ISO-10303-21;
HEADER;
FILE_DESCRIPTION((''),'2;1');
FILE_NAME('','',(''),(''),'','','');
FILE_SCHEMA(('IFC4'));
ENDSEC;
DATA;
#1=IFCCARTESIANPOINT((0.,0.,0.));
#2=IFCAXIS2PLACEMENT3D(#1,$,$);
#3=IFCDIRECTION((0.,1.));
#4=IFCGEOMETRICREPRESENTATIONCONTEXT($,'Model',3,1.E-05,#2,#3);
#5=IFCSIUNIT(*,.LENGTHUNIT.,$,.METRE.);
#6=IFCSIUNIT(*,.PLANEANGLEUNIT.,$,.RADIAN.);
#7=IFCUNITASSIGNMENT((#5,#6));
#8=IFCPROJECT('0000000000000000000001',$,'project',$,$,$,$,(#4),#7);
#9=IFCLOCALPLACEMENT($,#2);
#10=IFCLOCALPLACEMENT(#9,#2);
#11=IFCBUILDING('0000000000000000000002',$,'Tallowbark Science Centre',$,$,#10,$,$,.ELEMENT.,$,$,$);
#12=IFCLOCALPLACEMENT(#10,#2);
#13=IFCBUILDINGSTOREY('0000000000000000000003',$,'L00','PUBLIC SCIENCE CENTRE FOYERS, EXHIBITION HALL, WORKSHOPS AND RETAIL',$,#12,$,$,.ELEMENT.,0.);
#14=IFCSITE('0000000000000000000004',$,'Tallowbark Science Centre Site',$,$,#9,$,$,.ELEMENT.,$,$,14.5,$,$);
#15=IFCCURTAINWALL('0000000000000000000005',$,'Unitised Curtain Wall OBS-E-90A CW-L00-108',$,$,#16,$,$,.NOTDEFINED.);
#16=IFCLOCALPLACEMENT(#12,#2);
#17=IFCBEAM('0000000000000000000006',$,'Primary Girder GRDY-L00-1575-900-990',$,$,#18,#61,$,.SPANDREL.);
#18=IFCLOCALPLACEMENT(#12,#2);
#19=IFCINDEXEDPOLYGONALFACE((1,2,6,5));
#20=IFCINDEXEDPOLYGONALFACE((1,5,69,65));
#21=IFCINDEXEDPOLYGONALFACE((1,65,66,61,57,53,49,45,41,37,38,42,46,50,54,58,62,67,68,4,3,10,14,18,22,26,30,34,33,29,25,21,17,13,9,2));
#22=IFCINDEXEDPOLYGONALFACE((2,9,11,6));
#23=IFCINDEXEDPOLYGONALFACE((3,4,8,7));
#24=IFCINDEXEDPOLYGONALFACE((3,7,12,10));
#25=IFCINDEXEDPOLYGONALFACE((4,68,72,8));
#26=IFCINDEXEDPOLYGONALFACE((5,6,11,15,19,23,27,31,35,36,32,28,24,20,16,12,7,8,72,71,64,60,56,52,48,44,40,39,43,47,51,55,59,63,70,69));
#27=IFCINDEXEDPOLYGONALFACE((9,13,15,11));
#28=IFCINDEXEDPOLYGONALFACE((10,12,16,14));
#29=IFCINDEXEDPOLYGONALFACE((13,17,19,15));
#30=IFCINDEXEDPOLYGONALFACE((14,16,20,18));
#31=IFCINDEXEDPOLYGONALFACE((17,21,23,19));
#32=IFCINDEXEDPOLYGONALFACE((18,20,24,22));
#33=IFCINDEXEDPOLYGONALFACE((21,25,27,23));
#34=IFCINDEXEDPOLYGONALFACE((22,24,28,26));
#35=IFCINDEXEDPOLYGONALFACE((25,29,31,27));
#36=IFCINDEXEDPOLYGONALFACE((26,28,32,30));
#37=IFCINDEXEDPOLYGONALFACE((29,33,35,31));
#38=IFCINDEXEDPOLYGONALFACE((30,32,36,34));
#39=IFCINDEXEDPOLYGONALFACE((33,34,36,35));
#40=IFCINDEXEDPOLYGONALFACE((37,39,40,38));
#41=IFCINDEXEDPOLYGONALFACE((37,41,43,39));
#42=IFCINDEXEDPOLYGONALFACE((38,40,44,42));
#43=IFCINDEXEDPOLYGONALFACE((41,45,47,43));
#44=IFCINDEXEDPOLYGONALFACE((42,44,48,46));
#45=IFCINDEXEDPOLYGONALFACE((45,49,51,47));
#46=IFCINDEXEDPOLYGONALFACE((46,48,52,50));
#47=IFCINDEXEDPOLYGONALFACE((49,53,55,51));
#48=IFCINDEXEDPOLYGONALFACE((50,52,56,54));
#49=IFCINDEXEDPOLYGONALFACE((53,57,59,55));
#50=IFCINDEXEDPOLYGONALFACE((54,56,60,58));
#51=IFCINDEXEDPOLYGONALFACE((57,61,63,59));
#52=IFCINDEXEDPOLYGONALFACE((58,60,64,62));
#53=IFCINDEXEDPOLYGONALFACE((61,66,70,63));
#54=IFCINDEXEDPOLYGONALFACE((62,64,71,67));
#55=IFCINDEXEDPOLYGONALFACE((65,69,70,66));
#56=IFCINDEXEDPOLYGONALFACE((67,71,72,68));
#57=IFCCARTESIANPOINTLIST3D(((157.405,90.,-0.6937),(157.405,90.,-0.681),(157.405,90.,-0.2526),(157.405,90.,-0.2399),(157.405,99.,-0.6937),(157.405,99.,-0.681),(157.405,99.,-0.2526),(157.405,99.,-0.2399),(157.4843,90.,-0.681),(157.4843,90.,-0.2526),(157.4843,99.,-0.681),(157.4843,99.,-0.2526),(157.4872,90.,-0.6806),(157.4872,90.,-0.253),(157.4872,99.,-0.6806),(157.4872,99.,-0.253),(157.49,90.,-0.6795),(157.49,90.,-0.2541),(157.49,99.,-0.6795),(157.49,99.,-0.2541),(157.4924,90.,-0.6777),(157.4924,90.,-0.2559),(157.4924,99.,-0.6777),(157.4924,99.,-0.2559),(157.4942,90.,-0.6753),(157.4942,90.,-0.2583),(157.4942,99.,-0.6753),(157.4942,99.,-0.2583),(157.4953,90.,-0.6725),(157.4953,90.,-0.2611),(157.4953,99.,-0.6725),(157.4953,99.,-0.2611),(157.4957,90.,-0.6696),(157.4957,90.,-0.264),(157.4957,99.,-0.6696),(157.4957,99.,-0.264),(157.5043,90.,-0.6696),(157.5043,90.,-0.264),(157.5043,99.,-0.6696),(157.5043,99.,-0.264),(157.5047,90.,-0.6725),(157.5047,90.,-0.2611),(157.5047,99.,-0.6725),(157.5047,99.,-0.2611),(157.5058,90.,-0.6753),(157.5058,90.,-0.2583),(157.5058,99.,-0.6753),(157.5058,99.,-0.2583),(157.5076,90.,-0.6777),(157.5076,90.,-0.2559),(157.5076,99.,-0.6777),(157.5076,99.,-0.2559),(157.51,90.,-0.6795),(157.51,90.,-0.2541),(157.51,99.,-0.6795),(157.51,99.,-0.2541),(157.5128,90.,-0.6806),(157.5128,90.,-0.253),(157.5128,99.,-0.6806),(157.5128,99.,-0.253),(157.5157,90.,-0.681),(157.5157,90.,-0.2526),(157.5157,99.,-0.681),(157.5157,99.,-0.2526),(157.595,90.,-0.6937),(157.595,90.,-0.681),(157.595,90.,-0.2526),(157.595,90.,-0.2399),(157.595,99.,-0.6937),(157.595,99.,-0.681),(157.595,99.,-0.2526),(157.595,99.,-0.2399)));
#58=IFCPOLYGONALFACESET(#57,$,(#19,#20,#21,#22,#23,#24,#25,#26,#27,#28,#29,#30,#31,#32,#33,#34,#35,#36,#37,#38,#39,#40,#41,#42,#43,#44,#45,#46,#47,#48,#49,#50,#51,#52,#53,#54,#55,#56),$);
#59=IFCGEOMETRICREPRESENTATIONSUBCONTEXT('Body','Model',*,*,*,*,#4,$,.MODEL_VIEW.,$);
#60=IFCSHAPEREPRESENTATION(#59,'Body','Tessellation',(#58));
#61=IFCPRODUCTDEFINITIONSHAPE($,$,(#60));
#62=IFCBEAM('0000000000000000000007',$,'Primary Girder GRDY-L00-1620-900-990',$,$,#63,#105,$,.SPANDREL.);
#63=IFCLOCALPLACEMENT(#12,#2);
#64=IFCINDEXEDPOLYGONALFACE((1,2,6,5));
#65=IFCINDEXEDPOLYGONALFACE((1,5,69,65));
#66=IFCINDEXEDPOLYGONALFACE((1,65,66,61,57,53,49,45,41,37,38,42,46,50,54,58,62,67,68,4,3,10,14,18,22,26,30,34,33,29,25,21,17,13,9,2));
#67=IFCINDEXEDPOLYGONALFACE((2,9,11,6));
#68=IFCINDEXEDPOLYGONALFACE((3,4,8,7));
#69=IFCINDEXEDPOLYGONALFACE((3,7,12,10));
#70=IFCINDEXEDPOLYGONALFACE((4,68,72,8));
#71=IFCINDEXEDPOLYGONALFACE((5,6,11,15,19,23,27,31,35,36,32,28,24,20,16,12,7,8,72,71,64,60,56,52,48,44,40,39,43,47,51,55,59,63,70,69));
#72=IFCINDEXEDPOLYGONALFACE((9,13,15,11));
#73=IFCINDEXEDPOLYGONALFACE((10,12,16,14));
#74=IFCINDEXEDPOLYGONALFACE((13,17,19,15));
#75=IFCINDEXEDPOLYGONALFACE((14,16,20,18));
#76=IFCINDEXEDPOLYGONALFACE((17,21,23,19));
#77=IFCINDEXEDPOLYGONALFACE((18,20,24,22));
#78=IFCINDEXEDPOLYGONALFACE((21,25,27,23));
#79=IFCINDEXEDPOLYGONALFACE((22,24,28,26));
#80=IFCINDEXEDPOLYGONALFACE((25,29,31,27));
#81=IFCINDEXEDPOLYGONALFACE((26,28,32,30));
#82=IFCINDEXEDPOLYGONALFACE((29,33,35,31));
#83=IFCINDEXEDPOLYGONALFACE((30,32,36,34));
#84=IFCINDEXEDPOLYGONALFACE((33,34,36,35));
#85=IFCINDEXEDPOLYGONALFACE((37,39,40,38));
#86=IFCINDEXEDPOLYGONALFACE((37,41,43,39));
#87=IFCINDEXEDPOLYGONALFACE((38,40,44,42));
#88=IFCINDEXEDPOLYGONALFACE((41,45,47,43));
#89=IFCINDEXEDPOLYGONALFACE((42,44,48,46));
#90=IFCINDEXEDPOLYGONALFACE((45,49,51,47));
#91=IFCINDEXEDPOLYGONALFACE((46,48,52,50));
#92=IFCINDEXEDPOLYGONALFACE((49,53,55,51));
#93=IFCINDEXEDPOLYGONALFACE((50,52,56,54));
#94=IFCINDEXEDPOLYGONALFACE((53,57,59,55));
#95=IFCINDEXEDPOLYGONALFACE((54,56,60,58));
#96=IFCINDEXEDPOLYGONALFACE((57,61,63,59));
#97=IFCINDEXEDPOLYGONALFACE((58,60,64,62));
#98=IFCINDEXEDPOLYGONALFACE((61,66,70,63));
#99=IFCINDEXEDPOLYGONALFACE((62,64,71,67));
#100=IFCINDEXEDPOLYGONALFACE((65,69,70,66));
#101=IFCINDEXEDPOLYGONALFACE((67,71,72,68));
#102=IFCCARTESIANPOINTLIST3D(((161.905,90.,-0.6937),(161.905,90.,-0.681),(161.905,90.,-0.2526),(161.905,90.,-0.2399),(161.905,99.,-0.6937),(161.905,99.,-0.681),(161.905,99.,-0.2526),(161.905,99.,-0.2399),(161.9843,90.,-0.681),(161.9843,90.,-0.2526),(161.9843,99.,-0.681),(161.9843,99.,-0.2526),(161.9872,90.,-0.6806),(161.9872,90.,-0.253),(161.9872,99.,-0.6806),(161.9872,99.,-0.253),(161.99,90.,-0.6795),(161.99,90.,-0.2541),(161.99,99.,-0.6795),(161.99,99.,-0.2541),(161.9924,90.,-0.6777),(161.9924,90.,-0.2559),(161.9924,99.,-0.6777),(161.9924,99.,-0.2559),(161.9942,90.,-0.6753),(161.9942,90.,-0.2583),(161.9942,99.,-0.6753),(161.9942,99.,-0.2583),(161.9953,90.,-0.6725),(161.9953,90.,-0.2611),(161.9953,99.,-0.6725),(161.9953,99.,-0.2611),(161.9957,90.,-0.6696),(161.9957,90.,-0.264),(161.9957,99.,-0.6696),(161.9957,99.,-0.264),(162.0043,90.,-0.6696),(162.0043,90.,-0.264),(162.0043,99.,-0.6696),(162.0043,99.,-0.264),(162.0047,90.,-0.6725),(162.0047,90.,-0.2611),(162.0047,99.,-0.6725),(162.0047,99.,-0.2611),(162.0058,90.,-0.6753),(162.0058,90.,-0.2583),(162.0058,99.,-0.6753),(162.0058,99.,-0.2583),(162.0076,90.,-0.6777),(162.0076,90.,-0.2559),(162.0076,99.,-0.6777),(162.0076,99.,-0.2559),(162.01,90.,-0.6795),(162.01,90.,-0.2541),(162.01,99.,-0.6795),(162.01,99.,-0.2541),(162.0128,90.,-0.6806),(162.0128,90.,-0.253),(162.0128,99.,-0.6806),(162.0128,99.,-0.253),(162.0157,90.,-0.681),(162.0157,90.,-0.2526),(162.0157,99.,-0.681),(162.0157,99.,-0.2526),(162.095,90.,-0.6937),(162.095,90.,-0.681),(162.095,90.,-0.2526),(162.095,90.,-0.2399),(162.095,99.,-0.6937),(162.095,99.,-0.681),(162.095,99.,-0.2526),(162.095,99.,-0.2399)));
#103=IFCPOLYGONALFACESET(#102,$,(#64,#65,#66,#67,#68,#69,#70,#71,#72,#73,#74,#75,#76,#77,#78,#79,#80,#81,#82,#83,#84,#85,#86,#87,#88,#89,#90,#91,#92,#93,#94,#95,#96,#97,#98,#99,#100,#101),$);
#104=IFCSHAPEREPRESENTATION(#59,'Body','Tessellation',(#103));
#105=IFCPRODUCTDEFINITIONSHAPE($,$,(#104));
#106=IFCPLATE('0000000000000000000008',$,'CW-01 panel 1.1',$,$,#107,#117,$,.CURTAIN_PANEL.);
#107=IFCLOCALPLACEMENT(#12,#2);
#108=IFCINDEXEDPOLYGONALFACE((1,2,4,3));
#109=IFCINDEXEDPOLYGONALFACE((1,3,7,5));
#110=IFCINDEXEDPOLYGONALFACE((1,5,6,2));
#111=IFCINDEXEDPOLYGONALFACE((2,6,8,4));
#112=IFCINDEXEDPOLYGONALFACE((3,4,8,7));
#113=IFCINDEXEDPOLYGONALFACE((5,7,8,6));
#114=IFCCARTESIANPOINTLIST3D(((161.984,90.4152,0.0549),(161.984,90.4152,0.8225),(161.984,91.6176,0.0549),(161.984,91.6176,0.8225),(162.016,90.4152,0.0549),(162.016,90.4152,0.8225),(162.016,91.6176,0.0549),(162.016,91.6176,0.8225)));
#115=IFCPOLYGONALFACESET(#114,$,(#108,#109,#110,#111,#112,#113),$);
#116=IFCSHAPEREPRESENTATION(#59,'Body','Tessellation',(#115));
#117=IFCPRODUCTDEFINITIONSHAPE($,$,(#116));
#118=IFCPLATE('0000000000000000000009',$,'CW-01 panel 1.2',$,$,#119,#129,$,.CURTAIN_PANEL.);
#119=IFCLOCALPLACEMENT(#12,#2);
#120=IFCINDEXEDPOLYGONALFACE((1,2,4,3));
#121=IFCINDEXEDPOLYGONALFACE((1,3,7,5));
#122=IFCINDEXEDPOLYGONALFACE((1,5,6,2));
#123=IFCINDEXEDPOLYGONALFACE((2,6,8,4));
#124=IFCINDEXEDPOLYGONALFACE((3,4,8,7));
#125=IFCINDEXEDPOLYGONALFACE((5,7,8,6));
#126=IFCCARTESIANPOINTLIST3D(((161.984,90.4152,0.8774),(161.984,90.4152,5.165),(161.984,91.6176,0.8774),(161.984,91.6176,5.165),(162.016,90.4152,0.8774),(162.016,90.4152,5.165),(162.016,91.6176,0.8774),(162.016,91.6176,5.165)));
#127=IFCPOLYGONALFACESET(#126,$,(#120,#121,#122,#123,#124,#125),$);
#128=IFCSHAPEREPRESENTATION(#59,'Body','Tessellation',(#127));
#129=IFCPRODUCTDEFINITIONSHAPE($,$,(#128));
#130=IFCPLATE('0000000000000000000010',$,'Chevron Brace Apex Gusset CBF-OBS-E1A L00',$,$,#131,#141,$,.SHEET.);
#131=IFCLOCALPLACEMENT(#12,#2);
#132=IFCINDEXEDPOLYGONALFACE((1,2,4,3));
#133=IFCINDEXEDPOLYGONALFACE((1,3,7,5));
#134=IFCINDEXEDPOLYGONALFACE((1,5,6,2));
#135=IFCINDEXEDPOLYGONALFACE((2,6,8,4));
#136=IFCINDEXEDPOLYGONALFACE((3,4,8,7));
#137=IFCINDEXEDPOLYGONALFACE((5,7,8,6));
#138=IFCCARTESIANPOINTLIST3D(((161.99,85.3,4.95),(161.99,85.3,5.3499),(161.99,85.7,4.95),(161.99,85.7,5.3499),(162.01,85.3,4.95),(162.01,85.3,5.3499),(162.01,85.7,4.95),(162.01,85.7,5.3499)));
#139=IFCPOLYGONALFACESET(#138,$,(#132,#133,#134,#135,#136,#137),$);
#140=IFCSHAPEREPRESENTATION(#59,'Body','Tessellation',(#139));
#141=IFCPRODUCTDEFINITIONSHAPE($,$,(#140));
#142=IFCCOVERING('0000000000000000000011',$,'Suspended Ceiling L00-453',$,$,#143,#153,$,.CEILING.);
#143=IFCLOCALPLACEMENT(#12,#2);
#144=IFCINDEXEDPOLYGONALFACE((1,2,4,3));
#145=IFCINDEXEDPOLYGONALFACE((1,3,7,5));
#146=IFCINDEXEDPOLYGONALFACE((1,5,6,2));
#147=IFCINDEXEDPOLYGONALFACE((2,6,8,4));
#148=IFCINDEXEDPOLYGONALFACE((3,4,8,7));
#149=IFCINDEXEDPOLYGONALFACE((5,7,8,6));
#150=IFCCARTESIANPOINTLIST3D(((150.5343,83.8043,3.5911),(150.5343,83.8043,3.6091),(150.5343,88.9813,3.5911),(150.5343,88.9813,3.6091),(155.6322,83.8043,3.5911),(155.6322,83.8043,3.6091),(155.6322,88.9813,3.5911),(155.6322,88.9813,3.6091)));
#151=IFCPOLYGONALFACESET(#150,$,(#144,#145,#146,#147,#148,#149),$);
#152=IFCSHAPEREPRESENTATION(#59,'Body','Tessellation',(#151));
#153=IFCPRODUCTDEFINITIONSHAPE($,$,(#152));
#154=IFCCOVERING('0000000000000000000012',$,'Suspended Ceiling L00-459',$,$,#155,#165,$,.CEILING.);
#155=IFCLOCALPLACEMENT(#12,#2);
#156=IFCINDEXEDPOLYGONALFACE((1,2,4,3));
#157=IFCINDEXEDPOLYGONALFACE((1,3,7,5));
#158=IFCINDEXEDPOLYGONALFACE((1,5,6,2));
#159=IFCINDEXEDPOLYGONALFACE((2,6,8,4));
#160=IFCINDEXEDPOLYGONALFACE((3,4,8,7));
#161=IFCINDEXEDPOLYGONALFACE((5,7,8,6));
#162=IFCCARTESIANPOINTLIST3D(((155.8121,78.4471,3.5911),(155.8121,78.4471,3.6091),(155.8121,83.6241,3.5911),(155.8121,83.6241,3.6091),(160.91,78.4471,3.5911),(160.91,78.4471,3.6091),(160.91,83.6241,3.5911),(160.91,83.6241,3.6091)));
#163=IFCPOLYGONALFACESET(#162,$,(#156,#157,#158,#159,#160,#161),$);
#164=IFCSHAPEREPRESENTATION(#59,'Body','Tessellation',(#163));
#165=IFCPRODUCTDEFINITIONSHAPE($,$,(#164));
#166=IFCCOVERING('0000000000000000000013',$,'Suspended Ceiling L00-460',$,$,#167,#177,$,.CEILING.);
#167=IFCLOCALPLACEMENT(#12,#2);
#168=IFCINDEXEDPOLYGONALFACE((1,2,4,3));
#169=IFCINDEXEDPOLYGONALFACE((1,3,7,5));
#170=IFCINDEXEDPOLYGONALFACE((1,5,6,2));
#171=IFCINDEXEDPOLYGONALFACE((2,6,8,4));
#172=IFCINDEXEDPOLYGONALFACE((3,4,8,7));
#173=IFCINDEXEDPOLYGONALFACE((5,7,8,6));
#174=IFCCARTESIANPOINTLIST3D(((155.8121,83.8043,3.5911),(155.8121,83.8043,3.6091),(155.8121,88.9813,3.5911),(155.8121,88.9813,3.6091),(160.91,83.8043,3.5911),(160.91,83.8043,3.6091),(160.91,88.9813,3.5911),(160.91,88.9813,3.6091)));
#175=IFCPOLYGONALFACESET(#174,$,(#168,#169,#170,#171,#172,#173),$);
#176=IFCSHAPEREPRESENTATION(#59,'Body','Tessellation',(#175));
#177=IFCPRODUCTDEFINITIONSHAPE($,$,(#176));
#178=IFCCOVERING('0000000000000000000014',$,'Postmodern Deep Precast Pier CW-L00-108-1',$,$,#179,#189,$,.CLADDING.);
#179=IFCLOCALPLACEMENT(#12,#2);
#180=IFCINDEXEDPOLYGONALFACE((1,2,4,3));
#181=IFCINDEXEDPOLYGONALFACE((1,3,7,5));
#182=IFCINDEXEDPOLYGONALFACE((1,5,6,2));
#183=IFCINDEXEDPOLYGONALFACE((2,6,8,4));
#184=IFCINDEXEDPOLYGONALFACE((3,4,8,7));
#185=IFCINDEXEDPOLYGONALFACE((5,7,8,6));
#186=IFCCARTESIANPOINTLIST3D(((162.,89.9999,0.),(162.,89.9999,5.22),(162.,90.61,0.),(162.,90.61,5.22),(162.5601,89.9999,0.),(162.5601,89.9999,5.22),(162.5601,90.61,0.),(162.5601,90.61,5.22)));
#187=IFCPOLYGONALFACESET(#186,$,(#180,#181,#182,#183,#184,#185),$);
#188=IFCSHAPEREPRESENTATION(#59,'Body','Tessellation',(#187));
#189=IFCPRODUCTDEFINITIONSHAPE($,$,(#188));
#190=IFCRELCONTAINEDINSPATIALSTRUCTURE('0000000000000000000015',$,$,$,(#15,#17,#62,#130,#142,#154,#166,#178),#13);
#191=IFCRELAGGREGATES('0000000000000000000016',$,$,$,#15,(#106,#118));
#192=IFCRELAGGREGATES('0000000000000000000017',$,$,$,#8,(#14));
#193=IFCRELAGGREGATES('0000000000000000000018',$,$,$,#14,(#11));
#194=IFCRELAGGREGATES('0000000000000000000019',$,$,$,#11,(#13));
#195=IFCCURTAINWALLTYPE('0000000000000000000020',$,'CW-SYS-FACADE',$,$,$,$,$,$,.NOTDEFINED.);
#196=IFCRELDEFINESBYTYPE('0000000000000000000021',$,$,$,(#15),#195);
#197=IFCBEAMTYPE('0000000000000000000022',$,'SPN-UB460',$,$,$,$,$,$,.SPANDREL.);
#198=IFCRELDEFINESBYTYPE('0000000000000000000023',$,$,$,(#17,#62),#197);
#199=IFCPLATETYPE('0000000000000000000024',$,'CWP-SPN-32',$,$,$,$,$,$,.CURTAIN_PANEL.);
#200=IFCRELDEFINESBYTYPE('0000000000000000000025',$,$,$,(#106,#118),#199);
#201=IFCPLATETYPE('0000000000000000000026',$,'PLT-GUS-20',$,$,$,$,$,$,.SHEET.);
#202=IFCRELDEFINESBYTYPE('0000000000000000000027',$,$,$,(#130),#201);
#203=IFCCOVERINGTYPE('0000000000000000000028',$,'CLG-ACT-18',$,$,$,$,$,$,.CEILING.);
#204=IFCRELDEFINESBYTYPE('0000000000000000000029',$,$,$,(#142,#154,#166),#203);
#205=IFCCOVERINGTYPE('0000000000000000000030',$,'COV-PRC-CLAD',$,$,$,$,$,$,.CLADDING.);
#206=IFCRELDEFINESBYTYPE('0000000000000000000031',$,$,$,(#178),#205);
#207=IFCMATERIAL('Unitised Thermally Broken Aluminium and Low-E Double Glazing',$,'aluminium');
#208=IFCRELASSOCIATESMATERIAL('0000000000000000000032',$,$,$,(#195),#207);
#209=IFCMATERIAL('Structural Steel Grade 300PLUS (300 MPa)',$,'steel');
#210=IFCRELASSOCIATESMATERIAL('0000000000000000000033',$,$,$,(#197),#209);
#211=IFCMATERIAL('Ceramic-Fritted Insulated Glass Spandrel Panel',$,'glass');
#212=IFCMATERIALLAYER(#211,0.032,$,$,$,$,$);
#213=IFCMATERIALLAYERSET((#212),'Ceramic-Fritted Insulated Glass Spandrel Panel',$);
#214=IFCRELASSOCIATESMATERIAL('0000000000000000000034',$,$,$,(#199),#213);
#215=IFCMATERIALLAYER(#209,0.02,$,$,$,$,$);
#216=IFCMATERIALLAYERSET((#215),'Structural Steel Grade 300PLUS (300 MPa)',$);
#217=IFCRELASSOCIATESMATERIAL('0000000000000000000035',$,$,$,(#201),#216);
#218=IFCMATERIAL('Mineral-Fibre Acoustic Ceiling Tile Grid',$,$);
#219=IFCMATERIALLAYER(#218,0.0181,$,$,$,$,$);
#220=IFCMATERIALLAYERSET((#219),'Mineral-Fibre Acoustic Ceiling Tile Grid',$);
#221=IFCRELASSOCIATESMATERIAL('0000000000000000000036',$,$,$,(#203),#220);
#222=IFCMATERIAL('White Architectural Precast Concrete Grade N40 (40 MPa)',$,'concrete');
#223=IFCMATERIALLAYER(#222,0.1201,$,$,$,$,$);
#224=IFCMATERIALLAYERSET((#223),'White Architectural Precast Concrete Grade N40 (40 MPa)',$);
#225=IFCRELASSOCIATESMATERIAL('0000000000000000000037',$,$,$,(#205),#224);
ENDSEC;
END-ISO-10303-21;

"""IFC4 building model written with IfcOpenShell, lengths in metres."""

from ifc_helpers import new_model, si_unit, direction, frame, origin, origin_2d, place, context, subcontext, project, spatial, rectangle, i_section, extrude, material, layer, layer_set, material_profile, profile_set, type_object, element, aggregate, save


model = new_model("IFC4")

# Units and contexts
model_context = context("Model", 3, precision=1e-05, world=origin(), true_north=direction((0.0, 1.0)))
body_context = subcontext(model_context, "Body", "Model", "MODEL_VIEW")
ifc_project = project(units=[si_unit("LENGTHUNIT", "METRE"), si_unit("PLANEANGLEUNIT", "RADIAN")], contexts=[model_context])

# Site, building, storey
site_placement = place(None, origin())
site = spatial("IfcSite", under=ifc_project, at=site_placement, Name="Tallowbark Science Centre Site", CompositionType="ELEMENT", RefElevation=14.5)
building_placement = place(site_placement, origin())
building = spatial("IfcBuilding", under=site, at=building_placement, Name="Tallowbark Science Centre", CompositionType="ELEMENT")
storey_placement = place(building_placement, origin())
storey = spatial("IfcBuildingStorey", under=building, at=storey_placement, Name="L00", Description="PUBLIC SCIENCE CENTRE FOYERS, EXHIBITION HALL, WORKSHOPS AND RETAIL", CompositionType="ELEMENT", Elevation=0.0)

# Shared definitions
ifc_material_1 = material(Name="Structural Steel Grade 300PLUS (300 MPa)", Category="steel")

# Curtain wall
ifc_material_2 = material(Name="Unitised Thermally Broken Aluminium and Low-E Double Glazing", Category="aluminium")
curtain_wall_type = type_object("IfcCurtainWallType", Name="CW-SYS-FACADE", PredefinedType="NOTDEFINED", material=ifc_material_2)
curtain_wall_placement = place(storey_placement, origin())
curtain_wall = element("IfcCurtainWall", 1, at=curtain_wall_placement, inside=storey, type_object=curtain_wall_type, Name="Unitised Curtain Wall OBS-E-90A CW-L00-108", PredefinedType="NOTDEFINED")

# Beams
ifc_material_profile_1 = material_profile(ifc_material_1, i_section(OverallWidth=0.1899, OverallDepth=0.4539, WebThickness=0.0085, FlangeThickness=0.0127, FilletRadius=0.0115, at=origin_2d()), Name="460UB67.1")
ifc_profile_set_1 = profile_set([ifc_material_profile_1], Name="Structural Steel Grade 300PLUS (300 MPa)")
beam_type_1 = type_object("IfcBeamType", Name="SPN-UB460", PredefinedType="SPANDREL", material=ifc_profile_set_1)
for number, where, z_axis, x_axis, name in (
    (2, (157.5, 90.0, -0.4668), (0.0, 1.0, 0.0), (-1.0, 0.0, 0.0), "Primary Girder GRDY-L00-1575-900-990"),
    (3, (162.0, 90.0, -0.4668), (0.0, 1.0, 0.0), (-1.0, 0.0, 0.0), "Primary Girder GRDY-L00-1620-900-990"),
):
    element("IfcBeam", number, at=place(storey_placement, frame(where, z_axis=z_axis, x_axis=x_axis)), inside=storey, type_object=beam_type_1, Name=name, PredefinedType="SPANDREL", context=body_context, shape_type="SweptSolid", body=[
        extrude(i_section(OverallWidth=0.1899, OverallDepth=0.4539, WebThickness=0.0085, FlangeThickness=0.0127, FilletRadius=0.0115, at=origin_2d()), origin(), (0.0, 0.0, 1.0), 9.0),
    ])

# Plates
ifc_material_3 = material(Name="Ceramic-Fritted Insulated Glass Spandrel Panel", Category="glass")
ifc_layer_1 = layer(ifc_material_3, 0.032)
ifc_layer_set_1 = layer_set([ifc_layer_1], Name="Ceramic-Fritted Insulated Glass Spandrel Panel")
plate_type_1 = type_object("IfcPlateType", Name="CWP-SPN-32", PredefinedType="CURTAIN_PANEL", material=ifc_layer_set_1)
plate_1_placement = place(storey_placement, frame((162.0, 91.0164, 0.0549), z_axis=(0.0, 0.0, 1.0), x_axis=(0.0, 1.0, 0.0)))
plate_1 = element("IfcPlate", 4, at=plate_1_placement, type_object=plate_type_1, Name="CW-01 panel 1.1", PredefinedType="CURTAIN_PANEL", context=body_context, shape_type="SweptSolid", body=[
    extrude(rectangle(XDim=1.2024, YDim=0.032, at=origin_2d()), origin(), (0.0, 0.0, 1.0), 0.7676),
])
plate_2_placement = place(storey_placement, frame((162.0, 91.0164, 0.8774), z_axis=(0.0, 0.0, 1.0), x_axis=(0.0, 1.0, 0.0)))
plate_2 = element("IfcPlate", 5, at=plate_2_placement, type_object=plate_type_1, Name="CW-01 panel 1.2", PredefinedType="CURTAIN_PANEL", context=body_context, shape_type="SweptSolid", body=[
    extrude(rectangle(XDim=1.2024, YDim=0.032, at=origin_2d()), origin(), (0.0, 0.0, 1.0), 4.2876),
])
aggregate(curtain_wall, [plate_1, plate_2])
ifc_layer_2 = layer(ifc_material_1, 0.02)
ifc_layer_set_2 = layer_set([ifc_layer_2], Name="Structural Steel Grade 300PLUS (300 MPa)")
plate_type_2 = type_object("IfcPlateType", Name="PLT-GUS-20", PredefinedType="SHEET", material=ifc_layer_set_2)
plate_3_placement = place(storey_placement, frame((162.0, 85.5, 4.95), z_axis=(0.0, 0.0, 1.0), x_axis=(0.0, 1.0, 0.0)))
element("IfcPlate", 6, at=plate_3_placement, inside=storey, type_object=plate_type_2, Name="Chevron Brace Apex Gusset CBF-OBS-E1A L00", PredefinedType="SHEET", context=body_context, shape_type="SweptSolid", body=[
    extrude(rectangle(XDim=0.3999, YDim=0.02, at=origin_2d()), origin(), (0.0, 0.0, 1.0), 0.3999),
])

# Coverings
ifc_material_4 = material(Name="Mineral-Fibre Acoustic Ceiling Tile Grid")
ifc_layer_3 = layer(ifc_material_4, 0.0181)
ifc_layer_set_3 = layer_set([ifc_layer_3], Name="Mineral-Fibre Acoustic Ceiling Tile Grid")
covering_type_1 = type_object("IfcCoveringType", Name="CLG-ACT-18", PredefinedType="CEILING", material=ifc_layer_set_3)
for number, where, z_axis, x_axis, name in (
    (7, (153.0833, 86.3928, 3.5911), (0.0, 0.0, 1.0), (1.0, 0.0, 0.0), "Suspended Ceiling L00-453"),
    (8, (158.3611, 81.0356, 3.5911), (0.0, 0.0, 1.0), (1.0, 0.0, 0.0), "Suspended Ceiling L00-459"),
    (9, (158.3611, 86.3928, 3.5911), (0.0, 0.0, 1.0), (1.0, 0.0, 0.0), "Suspended Ceiling L00-460"),
):
    element("IfcCovering", number, at=place(storey_placement, frame(where, z_axis=z_axis, x_axis=x_axis)), inside=storey, type_object=covering_type_1, Name=name, PredefinedType="CEILING", context=body_context, shape_type="SweptSolid", body=[
        extrude(rectangle(XDim=5.0979, YDim=5.177, at=origin_2d()), origin(), (0.0, 0.0, 1.0), 0.0181),
    ])
ifc_material_5 = material(Name="White Architectural Precast Concrete Grade N40 (40 MPa)", Category="concrete")
ifc_layer_4 = layer(ifc_material_5, 0.1201)
ifc_layer_set_4 = layer_set([ifc_layer_4], Name="White Architectural Precast Concrete Grade N40 (40 MPa)")
covering_type_2 = type_object("IfcCoveringType", Name="COV-PRC-CLAD", PredefinedType="CLADDING", material=ifc_layer_set_4)
covering_1_placement = place(storey_placement, frame((162.28, 90.3049, 0.0), z_axis=(0.0, 0.0, 1.0), x_axis=(0.0, 1.0, 0.0)))
element("IfcCovering", 10, at=covering_1_placement, inside=storey, type_object=covering_type_2, Name="Postmodern Deep Precast Pier CW-L00-108-1", PredefinedType="CLADDING", context=body_context, shape_type="SweptSolid", body=[
    extrude(rectangle(XDim=0.6101, YDim=0.5601, at=origin_2d()), origin(), (0.0, 0.0, 1.0), 5.22),
])

save(model, "model.ifc")
